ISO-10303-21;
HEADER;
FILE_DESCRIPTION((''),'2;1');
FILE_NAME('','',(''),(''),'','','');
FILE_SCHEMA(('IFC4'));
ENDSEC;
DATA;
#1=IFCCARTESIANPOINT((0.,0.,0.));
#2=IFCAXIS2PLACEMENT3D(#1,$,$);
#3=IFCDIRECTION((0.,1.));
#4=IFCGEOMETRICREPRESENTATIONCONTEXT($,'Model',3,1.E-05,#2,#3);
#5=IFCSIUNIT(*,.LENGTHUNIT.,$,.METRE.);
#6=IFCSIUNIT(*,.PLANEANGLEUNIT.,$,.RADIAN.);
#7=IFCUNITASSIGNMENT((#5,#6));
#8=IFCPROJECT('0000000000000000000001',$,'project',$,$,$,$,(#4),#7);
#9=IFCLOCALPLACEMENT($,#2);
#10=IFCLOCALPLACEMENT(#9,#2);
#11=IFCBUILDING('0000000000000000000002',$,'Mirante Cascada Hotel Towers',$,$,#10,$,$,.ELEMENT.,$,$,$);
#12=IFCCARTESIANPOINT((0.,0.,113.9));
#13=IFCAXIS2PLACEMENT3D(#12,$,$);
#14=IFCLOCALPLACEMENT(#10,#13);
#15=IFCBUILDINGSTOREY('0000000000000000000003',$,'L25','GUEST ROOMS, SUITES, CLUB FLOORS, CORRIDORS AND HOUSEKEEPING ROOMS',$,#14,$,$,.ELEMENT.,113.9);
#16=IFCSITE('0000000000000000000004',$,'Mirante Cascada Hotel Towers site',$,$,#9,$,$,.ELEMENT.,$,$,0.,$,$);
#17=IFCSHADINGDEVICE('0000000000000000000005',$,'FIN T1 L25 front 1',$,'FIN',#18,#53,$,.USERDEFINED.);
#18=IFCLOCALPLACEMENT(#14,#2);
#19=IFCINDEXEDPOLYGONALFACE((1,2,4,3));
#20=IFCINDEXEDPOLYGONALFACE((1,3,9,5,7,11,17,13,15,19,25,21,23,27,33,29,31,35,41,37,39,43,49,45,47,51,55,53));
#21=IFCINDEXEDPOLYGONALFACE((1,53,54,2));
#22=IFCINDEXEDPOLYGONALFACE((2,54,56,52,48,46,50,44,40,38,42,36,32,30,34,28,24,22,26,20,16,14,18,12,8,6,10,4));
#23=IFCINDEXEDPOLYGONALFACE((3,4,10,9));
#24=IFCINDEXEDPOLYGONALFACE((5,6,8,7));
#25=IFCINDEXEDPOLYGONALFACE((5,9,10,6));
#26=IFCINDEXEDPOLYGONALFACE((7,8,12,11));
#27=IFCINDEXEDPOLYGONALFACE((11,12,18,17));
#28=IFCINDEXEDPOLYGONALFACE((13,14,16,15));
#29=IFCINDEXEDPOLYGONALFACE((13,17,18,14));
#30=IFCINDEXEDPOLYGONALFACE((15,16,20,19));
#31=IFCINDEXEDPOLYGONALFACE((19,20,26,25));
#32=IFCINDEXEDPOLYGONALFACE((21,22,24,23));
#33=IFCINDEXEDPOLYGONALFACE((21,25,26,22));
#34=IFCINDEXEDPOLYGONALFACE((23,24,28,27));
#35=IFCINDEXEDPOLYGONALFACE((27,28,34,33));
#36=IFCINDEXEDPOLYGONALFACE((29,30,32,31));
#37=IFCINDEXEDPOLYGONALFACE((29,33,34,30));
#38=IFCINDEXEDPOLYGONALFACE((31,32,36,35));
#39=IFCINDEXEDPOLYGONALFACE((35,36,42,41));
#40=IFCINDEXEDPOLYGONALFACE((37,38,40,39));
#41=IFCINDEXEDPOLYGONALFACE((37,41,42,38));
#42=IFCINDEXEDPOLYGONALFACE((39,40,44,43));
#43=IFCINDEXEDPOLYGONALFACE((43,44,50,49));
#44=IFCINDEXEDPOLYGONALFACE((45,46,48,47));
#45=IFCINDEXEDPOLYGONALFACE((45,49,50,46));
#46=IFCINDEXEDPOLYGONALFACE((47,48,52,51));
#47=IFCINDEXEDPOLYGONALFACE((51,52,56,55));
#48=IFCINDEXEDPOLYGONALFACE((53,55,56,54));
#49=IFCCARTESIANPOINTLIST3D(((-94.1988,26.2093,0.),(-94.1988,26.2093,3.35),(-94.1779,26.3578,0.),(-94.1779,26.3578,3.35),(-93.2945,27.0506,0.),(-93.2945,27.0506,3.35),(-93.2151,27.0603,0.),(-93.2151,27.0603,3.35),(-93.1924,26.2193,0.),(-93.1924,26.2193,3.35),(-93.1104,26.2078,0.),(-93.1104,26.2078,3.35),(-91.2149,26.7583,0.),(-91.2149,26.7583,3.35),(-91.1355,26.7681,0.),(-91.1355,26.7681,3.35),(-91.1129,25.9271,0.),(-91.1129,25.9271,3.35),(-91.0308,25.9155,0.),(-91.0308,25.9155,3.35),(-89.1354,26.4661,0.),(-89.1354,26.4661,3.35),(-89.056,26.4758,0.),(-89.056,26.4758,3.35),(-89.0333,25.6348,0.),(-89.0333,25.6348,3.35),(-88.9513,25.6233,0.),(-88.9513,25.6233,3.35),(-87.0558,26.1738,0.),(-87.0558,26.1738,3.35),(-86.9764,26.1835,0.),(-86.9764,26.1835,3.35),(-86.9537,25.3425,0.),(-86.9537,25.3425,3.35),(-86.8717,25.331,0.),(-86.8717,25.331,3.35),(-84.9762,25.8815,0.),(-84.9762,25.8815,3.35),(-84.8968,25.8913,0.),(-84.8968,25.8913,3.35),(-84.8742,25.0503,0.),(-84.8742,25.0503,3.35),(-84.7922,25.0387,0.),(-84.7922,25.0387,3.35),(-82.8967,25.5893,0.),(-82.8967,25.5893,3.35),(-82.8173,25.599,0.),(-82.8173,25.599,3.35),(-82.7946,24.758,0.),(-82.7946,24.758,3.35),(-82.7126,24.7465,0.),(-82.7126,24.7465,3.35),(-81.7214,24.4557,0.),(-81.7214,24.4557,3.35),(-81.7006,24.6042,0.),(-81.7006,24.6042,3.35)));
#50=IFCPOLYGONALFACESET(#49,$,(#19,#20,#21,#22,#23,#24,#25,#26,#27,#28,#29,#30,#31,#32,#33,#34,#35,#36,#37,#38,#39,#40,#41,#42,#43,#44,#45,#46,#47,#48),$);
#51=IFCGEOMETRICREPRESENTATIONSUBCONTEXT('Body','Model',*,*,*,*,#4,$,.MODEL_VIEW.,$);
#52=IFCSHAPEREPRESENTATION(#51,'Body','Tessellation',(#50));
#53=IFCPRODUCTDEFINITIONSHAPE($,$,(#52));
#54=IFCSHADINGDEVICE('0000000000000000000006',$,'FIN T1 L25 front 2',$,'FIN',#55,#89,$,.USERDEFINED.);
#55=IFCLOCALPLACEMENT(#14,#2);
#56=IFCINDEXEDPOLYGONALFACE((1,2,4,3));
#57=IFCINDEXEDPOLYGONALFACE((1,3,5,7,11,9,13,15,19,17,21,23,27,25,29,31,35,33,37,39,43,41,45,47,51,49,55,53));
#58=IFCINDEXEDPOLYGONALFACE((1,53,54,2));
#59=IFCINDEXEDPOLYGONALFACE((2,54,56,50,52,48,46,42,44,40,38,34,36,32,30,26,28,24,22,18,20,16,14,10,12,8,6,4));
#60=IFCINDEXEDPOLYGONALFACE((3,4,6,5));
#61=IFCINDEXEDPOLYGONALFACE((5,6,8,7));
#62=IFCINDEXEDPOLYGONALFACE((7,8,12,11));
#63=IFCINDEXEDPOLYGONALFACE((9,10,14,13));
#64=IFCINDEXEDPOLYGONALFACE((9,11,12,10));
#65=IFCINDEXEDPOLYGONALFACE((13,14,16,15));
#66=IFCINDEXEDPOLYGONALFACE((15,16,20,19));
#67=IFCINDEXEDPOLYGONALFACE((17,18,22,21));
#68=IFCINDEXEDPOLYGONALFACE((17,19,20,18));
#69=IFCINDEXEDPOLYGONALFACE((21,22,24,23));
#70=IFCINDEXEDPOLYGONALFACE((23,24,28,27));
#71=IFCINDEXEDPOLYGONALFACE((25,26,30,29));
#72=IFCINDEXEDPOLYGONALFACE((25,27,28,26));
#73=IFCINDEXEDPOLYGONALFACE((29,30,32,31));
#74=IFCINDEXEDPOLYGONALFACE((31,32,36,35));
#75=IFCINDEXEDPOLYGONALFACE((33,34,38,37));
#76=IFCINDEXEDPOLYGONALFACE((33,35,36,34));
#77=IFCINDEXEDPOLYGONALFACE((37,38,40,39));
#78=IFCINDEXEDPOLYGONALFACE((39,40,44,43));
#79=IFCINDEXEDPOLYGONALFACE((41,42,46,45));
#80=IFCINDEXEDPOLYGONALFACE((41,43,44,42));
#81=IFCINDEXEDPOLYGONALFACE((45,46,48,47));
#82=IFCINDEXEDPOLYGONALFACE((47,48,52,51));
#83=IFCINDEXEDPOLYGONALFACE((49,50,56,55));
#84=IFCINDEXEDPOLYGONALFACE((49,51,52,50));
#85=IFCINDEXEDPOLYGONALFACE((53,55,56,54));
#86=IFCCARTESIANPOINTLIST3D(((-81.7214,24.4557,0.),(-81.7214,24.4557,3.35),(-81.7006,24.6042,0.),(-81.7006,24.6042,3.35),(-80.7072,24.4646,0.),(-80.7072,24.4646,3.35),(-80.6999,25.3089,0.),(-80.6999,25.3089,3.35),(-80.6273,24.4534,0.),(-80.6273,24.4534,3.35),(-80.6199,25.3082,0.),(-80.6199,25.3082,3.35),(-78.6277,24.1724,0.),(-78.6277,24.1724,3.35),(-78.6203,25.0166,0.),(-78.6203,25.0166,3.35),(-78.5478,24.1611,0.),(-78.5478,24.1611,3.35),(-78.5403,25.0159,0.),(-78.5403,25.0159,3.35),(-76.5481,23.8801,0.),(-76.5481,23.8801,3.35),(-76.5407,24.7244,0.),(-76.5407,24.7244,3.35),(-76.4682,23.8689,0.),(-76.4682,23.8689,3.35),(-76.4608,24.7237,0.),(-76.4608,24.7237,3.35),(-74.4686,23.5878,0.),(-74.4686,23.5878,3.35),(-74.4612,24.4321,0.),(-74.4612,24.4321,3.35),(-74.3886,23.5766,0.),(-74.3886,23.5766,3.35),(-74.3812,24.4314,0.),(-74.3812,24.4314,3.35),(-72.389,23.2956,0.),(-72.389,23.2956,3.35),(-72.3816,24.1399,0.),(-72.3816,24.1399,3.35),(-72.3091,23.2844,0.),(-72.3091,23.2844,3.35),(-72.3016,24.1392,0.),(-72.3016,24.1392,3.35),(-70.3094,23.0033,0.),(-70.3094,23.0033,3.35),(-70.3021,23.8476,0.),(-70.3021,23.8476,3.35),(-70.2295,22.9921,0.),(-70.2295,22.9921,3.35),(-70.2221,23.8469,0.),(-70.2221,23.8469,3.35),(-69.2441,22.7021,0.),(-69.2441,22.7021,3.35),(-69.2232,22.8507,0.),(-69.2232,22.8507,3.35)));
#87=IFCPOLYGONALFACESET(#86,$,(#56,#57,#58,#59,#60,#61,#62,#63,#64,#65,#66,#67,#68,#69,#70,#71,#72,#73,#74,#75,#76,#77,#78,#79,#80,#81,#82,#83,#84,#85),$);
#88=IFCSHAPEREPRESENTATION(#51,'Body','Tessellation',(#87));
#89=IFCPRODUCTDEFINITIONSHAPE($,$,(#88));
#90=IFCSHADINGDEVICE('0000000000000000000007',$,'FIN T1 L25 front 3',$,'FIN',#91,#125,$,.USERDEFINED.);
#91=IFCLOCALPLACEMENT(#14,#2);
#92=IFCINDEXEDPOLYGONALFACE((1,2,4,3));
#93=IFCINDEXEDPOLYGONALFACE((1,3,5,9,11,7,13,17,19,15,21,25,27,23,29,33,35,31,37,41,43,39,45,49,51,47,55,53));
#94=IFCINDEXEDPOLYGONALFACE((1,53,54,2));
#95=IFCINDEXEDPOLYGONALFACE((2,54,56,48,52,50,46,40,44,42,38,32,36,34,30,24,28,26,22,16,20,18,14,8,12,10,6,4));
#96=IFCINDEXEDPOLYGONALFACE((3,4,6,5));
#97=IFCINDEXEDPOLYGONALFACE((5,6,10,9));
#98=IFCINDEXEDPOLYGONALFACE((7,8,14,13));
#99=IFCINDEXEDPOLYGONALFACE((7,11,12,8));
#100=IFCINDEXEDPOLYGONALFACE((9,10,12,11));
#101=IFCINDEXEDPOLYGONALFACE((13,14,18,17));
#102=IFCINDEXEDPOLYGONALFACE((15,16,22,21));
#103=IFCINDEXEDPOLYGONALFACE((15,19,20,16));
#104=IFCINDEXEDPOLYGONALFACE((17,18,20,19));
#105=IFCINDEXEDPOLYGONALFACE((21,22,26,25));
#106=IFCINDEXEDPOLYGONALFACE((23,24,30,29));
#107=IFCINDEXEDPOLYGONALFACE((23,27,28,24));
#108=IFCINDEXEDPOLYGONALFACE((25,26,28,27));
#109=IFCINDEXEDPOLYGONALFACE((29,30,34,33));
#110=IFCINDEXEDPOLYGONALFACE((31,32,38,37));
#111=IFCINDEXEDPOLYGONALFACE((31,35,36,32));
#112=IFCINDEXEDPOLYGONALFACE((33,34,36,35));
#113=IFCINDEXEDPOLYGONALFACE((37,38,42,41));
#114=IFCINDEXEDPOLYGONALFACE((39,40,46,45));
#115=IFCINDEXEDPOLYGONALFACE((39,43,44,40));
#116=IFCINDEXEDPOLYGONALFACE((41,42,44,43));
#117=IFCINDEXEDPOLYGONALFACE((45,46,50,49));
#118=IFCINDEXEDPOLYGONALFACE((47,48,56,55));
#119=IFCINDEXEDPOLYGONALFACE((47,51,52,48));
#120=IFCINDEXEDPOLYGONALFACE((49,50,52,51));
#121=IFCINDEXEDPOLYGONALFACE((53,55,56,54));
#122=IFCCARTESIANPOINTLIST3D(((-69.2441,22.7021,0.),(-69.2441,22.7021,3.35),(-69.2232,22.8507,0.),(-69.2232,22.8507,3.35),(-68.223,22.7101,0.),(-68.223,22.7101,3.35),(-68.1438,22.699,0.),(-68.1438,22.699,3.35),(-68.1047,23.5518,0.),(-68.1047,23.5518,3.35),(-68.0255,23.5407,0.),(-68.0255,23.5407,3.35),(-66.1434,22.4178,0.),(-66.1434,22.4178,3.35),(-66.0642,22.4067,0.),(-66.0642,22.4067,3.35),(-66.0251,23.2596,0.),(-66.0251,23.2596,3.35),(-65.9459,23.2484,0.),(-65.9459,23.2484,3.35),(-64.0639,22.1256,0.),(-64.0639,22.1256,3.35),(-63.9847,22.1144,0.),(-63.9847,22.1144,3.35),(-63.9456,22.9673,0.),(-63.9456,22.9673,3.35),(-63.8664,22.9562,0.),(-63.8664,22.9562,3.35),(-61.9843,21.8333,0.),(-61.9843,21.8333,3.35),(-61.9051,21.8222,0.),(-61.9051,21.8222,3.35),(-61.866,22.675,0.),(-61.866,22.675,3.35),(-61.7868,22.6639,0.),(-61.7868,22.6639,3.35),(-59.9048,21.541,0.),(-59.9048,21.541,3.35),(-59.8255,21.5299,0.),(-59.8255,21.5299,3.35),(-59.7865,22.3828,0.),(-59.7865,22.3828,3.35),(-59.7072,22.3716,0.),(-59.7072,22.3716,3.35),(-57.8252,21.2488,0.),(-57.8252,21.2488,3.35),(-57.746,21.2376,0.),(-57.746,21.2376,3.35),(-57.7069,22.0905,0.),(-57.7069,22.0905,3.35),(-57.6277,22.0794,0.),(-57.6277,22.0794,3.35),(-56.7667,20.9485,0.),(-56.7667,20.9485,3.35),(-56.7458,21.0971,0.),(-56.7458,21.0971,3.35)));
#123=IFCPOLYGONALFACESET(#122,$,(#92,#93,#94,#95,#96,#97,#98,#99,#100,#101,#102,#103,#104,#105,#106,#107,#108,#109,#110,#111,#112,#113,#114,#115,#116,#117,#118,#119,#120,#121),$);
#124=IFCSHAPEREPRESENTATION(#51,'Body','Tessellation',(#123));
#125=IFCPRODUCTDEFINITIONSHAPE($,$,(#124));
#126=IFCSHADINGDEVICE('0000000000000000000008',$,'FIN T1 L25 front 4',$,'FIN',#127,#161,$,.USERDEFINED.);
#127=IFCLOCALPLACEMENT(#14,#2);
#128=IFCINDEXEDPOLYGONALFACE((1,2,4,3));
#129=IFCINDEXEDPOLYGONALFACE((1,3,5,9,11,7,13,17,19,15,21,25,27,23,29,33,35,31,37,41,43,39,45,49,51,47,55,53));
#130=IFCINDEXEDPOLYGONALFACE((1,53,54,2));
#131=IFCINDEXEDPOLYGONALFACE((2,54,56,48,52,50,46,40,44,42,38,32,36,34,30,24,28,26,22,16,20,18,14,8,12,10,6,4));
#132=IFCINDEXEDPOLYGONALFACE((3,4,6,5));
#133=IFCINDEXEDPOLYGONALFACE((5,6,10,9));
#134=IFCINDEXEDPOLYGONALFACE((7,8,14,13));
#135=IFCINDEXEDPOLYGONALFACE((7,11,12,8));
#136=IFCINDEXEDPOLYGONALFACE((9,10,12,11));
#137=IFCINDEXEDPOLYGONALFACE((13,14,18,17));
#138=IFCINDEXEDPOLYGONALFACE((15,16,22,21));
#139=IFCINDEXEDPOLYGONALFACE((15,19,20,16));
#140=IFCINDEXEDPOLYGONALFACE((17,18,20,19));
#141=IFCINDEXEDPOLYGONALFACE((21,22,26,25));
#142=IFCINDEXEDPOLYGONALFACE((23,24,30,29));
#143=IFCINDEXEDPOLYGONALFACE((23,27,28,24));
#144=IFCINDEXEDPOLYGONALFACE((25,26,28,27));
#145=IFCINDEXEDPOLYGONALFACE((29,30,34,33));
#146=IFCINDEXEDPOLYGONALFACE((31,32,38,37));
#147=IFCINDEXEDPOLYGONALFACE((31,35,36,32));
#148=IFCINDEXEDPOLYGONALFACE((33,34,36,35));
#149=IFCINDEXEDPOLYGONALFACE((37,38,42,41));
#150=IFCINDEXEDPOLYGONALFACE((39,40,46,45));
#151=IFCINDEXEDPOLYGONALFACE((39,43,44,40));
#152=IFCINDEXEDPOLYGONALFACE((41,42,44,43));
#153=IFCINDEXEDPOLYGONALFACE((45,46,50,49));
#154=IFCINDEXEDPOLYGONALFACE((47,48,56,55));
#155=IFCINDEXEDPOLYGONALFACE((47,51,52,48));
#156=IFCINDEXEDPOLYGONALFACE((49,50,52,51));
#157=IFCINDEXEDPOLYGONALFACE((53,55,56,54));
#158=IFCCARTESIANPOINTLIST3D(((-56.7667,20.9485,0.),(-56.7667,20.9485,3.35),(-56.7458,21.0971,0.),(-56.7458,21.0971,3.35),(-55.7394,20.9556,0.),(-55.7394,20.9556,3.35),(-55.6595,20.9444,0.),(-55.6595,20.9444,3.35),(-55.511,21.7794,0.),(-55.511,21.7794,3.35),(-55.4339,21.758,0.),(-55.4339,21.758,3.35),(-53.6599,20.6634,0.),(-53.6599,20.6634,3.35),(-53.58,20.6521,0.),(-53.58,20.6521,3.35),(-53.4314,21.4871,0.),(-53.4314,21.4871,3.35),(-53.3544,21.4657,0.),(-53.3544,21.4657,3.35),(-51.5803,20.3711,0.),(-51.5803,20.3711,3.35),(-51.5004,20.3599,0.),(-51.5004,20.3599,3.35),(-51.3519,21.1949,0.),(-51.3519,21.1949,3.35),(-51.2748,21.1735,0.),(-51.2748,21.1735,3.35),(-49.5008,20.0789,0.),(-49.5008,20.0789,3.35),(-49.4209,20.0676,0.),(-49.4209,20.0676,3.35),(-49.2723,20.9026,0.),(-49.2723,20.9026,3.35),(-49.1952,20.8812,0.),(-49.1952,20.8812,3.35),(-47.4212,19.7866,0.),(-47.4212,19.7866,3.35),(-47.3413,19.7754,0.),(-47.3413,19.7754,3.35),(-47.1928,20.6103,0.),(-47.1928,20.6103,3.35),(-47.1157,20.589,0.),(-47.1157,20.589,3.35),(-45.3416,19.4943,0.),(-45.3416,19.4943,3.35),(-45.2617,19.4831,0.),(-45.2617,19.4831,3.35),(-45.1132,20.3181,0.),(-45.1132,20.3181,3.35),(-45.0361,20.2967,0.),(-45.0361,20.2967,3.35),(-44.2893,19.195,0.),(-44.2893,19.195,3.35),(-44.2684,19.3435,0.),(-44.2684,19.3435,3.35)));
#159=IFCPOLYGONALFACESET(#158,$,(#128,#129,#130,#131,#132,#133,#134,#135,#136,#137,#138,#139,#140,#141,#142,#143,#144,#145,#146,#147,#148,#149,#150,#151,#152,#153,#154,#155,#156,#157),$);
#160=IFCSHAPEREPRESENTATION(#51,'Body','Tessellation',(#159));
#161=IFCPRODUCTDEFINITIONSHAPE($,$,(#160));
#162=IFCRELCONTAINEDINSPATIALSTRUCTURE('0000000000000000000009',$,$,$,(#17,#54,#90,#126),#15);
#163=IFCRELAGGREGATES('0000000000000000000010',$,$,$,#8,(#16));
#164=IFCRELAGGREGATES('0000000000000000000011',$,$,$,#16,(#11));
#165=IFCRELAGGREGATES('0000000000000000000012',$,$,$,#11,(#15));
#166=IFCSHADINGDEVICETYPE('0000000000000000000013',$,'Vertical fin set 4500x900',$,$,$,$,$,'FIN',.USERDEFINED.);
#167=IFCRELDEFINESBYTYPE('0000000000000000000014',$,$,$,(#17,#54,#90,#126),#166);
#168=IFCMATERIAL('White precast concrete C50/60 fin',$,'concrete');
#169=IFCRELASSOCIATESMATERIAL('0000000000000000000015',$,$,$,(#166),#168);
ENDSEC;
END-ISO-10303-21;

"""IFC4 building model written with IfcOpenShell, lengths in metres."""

from ifc_helpers import new_model, si_unit, direction, frame, origin, place, context, subcontext, project, spatial, polyline, outline, extrude, material, type_object, element, save


model = new_model("IFC4")

# Units and contexts
model_context = context("Model", 3, precision=1e-05, world=origin(), true_north=direction((0.0, 1.0)))
body_context = subcontext(model_context, "Body", "Model", "MODEL_VIEW")
ifc_project = project(units=[si_unit("LENGTHUNIT", "METRE"), si_unit("PLANEANGLEUNIT", "RADIAN")], contexts=[model_context])

# Site, building, storey
site_placement = place(None, origin())
site = spatial("IfcSite", under=ifc_project, at=site_placement, Name="Mirante Cascada Hotel Towers site", CompositionType="ELEMENT", RefElevation=0.0)
building_placement = place(site_placement, origin())
building = spatial("IfcBuilding", under=site, at=building_placement, Name="Mirante Cascada Hotel Towers", CompositionType="ELEMENT")
storey_placement = place(building_placement, frame((0.0, 0.0, 113.9)))
storey = spatial("IfcBuildingStorey", under=building, at=storey_placement, Name="L25", Description="GUEST ROOMS, SUITES, CLUB FLOORS, CORRIDORS AND HOUSEKEEPING ROOMS", CompositionType="ELEMENT", Elevation=113.9)

# Shading devices
ifc_material_1 = material(Name="White precast concrete C50/60 fin", Category="concrete")
shading_device_type = type_object("IfcShadingDeviceType", Name="Vertical fin set 4500x900", ElementType="FIN", PredefinedType="USERDEFINED", material=ifc_material_1)
shading_device_1_placement = place(storey_placement, origin())
element("IfcShadingDevice", 1, at=shading_device_1_placement, inside=storey, type_object=shading_device_type, Name="FIN T1 L25 front 1", ObjectType="FIN", PredefinedType="USERDEFINED", context=body_context, shape_type="SweptSolid", body=[
    extrude(outline(polyline([(-82.8173, 25.599), (-82.7126, 24.7465), (-81.7006, 24.6042), (-81.7214, 24.4557), (-94.1988, 26.2093), (-94.1779, 26.3578), (-93.1924, 26.2193), (-93.2945, 27.0506), (-93.2151, 27.0603), (-93.1104, 26.2078), (-91.1129, 25.9271), (-91.2149, 26.7583), (-91.1355, 26.7681), (-91.0308, 25.9155), (-89.0333, 25.6348), (-89.1354, 26.4661), (-89.056, 26.4758), (-88.9513, 25.6233), (-86.9537, 25.3425), (-87.0558, 26.1738), (-86.9764, 26.1835), (-86.8717, 25.331), (-84.8742, 25.0503), (-84.9762, 25.8815), (-84.8968, 25.8913), (-84.7922, 25.0387), (-82.7946, 24.758), (-82.8967, 25.5893), (-82.8173, 25.599)])), origin(), (0.0, 0.0, 1.0), 3.35),
])
shading_device_2_placement = place(storey_placement, origin())
element("IfcShadingDevice", 2, at=shading_device_2_placement, inside=storey, type_object=shading_device_type, Name="FIN T1 L25 front 2", ObjectType="FIN", PredefinedType="USERDEFINED", context=body_context, shape_type="SweptSolid", body=[
    extrude(outline(polyline([(-70.2221, 23.8469), (-70.2295, 22.9921), (-69.2232, 22.8507), (-69.2441, 22.7021), (-81.7214, 24.4557), (-81.7006, 24.6042), (-80.7072, 24.4646), (-80.6999, 25.3089), (-80.6199, 25.3082), (-80.6273, 24.4534), (-78.6277, 24.1724), (-78.6203, 25.0166), (-78.5403, 25.0159), (-78.5478, 24.1611), (-76.5481, 23.8801), (-76.5407, 24.7244), (-76.4608, 24.7237), (-76.4682, 23.8689), (-74.4686, 23.5878), (-74.4612, 24.4321), (-74.3812, 24.4314), (-74.3886, 23.5766), (-72.389, 23.2956), (-72.3816, 24.1399), (-72.3016, 24.1392), (-72.3091, 23.2844), (-70.3094, 23.0033), (-70.3021, 23.8476), (-70.2221, 23.8469)])), origin(), (0.0, 0.0, 1.0), 3.35),
])
shading_device_3_placement = place(storey_placement, origin())
element("IfcShadingDevice", 3, at=shading_device_3_placement, inside=storey, type_object=shading_device_type, Name="FIN T1 L25 front 3", ObjectType="FIN", PredefinedType="USERDEFINED", context=body_context, shape_type="SweptSolid", body=[
    extrude(outline(polyline([(-57.6277, 22.0794), (-57.746, 21.2376), (-56.7458, 21.0971), (-56.7667, 20.9485), (-69.2441, 22.7021), (-69.2232, 22.8507), (-68.223, 22.7101), (-68.1047, 23.5518), (-68.0255, 23.5407), (-68.1438, 22.699), (-66.1434, 22.4178), (-66.0251, 23.2596), (-65.9459, 23.2484), (-66.0642, 22.4067), (-64.0639, 22.1256), (-63.9456, 22.9673), (-63.8664, 22.9562), (-63.9847, 22.1144), (-61.9843, 21.8333), (-61.866, 22.675), (-61.7868, 22.6639), (-61.9051, 21.8222), (-59.9048, 21.541), (-59.7865, 22.3828), (-59.7072, 22.3716), (-59.8255, 21.5299), (-57.8252, 21.2488), (-57.7069, 22.0905), (-57.6277, 22.0794)])), origin(), (0.0, 0.0, 1.0), 3.35),
])
shading_device_4_placement = place(storey_placement, origin())
element("IfcShadingDevice", 4, at=shading_device_4_placement, inside=storey, type_object=shading_device_type, Name="FIN T1 L25 front 4", ObjectType="FIN", PredefinedType="USERDEFINED", context=body_context, shape_type="SweptSolid", body=[
    extrude(outline(polyline([(-45.0361, 20.2967), (-45.2617, 19.4831), (-44.2684, 19.3435), (-44.2893, 19.195), (-56.7667, 20.9485), (-56.7458, 21.0971), (-55.7394, 20.9556), (-55.511, 21.7794), (-55.4339, 21.758), (-55.6595, 20.9444), (-53.6599, 20.6634), (-53.4314, 21.4871), (-53.3544, 21.4657), (-53.58, 20.6521), (-51.5803, 20.3711), (-51.3519, 21.1949), (-51.2748, 21.1735), (-51.5004, 20.3599), (-49.5008, 20.0789), (-49.2723, 20.9026), (-49.1952, 20.8812), (-49.4209, 20.0676), (-47.4212, 19.7866), (-47.1928, 20.6103), (-47.1157, 20.589), (-47.3413, 19.7754), (-45.3416, 19.4943), (-45.1132, 20.3181), (-45.0361, 20.2967)])), origin(), (0.0, 0.0, 1.0), 3.35),
])

save(model, "model.ifc")
